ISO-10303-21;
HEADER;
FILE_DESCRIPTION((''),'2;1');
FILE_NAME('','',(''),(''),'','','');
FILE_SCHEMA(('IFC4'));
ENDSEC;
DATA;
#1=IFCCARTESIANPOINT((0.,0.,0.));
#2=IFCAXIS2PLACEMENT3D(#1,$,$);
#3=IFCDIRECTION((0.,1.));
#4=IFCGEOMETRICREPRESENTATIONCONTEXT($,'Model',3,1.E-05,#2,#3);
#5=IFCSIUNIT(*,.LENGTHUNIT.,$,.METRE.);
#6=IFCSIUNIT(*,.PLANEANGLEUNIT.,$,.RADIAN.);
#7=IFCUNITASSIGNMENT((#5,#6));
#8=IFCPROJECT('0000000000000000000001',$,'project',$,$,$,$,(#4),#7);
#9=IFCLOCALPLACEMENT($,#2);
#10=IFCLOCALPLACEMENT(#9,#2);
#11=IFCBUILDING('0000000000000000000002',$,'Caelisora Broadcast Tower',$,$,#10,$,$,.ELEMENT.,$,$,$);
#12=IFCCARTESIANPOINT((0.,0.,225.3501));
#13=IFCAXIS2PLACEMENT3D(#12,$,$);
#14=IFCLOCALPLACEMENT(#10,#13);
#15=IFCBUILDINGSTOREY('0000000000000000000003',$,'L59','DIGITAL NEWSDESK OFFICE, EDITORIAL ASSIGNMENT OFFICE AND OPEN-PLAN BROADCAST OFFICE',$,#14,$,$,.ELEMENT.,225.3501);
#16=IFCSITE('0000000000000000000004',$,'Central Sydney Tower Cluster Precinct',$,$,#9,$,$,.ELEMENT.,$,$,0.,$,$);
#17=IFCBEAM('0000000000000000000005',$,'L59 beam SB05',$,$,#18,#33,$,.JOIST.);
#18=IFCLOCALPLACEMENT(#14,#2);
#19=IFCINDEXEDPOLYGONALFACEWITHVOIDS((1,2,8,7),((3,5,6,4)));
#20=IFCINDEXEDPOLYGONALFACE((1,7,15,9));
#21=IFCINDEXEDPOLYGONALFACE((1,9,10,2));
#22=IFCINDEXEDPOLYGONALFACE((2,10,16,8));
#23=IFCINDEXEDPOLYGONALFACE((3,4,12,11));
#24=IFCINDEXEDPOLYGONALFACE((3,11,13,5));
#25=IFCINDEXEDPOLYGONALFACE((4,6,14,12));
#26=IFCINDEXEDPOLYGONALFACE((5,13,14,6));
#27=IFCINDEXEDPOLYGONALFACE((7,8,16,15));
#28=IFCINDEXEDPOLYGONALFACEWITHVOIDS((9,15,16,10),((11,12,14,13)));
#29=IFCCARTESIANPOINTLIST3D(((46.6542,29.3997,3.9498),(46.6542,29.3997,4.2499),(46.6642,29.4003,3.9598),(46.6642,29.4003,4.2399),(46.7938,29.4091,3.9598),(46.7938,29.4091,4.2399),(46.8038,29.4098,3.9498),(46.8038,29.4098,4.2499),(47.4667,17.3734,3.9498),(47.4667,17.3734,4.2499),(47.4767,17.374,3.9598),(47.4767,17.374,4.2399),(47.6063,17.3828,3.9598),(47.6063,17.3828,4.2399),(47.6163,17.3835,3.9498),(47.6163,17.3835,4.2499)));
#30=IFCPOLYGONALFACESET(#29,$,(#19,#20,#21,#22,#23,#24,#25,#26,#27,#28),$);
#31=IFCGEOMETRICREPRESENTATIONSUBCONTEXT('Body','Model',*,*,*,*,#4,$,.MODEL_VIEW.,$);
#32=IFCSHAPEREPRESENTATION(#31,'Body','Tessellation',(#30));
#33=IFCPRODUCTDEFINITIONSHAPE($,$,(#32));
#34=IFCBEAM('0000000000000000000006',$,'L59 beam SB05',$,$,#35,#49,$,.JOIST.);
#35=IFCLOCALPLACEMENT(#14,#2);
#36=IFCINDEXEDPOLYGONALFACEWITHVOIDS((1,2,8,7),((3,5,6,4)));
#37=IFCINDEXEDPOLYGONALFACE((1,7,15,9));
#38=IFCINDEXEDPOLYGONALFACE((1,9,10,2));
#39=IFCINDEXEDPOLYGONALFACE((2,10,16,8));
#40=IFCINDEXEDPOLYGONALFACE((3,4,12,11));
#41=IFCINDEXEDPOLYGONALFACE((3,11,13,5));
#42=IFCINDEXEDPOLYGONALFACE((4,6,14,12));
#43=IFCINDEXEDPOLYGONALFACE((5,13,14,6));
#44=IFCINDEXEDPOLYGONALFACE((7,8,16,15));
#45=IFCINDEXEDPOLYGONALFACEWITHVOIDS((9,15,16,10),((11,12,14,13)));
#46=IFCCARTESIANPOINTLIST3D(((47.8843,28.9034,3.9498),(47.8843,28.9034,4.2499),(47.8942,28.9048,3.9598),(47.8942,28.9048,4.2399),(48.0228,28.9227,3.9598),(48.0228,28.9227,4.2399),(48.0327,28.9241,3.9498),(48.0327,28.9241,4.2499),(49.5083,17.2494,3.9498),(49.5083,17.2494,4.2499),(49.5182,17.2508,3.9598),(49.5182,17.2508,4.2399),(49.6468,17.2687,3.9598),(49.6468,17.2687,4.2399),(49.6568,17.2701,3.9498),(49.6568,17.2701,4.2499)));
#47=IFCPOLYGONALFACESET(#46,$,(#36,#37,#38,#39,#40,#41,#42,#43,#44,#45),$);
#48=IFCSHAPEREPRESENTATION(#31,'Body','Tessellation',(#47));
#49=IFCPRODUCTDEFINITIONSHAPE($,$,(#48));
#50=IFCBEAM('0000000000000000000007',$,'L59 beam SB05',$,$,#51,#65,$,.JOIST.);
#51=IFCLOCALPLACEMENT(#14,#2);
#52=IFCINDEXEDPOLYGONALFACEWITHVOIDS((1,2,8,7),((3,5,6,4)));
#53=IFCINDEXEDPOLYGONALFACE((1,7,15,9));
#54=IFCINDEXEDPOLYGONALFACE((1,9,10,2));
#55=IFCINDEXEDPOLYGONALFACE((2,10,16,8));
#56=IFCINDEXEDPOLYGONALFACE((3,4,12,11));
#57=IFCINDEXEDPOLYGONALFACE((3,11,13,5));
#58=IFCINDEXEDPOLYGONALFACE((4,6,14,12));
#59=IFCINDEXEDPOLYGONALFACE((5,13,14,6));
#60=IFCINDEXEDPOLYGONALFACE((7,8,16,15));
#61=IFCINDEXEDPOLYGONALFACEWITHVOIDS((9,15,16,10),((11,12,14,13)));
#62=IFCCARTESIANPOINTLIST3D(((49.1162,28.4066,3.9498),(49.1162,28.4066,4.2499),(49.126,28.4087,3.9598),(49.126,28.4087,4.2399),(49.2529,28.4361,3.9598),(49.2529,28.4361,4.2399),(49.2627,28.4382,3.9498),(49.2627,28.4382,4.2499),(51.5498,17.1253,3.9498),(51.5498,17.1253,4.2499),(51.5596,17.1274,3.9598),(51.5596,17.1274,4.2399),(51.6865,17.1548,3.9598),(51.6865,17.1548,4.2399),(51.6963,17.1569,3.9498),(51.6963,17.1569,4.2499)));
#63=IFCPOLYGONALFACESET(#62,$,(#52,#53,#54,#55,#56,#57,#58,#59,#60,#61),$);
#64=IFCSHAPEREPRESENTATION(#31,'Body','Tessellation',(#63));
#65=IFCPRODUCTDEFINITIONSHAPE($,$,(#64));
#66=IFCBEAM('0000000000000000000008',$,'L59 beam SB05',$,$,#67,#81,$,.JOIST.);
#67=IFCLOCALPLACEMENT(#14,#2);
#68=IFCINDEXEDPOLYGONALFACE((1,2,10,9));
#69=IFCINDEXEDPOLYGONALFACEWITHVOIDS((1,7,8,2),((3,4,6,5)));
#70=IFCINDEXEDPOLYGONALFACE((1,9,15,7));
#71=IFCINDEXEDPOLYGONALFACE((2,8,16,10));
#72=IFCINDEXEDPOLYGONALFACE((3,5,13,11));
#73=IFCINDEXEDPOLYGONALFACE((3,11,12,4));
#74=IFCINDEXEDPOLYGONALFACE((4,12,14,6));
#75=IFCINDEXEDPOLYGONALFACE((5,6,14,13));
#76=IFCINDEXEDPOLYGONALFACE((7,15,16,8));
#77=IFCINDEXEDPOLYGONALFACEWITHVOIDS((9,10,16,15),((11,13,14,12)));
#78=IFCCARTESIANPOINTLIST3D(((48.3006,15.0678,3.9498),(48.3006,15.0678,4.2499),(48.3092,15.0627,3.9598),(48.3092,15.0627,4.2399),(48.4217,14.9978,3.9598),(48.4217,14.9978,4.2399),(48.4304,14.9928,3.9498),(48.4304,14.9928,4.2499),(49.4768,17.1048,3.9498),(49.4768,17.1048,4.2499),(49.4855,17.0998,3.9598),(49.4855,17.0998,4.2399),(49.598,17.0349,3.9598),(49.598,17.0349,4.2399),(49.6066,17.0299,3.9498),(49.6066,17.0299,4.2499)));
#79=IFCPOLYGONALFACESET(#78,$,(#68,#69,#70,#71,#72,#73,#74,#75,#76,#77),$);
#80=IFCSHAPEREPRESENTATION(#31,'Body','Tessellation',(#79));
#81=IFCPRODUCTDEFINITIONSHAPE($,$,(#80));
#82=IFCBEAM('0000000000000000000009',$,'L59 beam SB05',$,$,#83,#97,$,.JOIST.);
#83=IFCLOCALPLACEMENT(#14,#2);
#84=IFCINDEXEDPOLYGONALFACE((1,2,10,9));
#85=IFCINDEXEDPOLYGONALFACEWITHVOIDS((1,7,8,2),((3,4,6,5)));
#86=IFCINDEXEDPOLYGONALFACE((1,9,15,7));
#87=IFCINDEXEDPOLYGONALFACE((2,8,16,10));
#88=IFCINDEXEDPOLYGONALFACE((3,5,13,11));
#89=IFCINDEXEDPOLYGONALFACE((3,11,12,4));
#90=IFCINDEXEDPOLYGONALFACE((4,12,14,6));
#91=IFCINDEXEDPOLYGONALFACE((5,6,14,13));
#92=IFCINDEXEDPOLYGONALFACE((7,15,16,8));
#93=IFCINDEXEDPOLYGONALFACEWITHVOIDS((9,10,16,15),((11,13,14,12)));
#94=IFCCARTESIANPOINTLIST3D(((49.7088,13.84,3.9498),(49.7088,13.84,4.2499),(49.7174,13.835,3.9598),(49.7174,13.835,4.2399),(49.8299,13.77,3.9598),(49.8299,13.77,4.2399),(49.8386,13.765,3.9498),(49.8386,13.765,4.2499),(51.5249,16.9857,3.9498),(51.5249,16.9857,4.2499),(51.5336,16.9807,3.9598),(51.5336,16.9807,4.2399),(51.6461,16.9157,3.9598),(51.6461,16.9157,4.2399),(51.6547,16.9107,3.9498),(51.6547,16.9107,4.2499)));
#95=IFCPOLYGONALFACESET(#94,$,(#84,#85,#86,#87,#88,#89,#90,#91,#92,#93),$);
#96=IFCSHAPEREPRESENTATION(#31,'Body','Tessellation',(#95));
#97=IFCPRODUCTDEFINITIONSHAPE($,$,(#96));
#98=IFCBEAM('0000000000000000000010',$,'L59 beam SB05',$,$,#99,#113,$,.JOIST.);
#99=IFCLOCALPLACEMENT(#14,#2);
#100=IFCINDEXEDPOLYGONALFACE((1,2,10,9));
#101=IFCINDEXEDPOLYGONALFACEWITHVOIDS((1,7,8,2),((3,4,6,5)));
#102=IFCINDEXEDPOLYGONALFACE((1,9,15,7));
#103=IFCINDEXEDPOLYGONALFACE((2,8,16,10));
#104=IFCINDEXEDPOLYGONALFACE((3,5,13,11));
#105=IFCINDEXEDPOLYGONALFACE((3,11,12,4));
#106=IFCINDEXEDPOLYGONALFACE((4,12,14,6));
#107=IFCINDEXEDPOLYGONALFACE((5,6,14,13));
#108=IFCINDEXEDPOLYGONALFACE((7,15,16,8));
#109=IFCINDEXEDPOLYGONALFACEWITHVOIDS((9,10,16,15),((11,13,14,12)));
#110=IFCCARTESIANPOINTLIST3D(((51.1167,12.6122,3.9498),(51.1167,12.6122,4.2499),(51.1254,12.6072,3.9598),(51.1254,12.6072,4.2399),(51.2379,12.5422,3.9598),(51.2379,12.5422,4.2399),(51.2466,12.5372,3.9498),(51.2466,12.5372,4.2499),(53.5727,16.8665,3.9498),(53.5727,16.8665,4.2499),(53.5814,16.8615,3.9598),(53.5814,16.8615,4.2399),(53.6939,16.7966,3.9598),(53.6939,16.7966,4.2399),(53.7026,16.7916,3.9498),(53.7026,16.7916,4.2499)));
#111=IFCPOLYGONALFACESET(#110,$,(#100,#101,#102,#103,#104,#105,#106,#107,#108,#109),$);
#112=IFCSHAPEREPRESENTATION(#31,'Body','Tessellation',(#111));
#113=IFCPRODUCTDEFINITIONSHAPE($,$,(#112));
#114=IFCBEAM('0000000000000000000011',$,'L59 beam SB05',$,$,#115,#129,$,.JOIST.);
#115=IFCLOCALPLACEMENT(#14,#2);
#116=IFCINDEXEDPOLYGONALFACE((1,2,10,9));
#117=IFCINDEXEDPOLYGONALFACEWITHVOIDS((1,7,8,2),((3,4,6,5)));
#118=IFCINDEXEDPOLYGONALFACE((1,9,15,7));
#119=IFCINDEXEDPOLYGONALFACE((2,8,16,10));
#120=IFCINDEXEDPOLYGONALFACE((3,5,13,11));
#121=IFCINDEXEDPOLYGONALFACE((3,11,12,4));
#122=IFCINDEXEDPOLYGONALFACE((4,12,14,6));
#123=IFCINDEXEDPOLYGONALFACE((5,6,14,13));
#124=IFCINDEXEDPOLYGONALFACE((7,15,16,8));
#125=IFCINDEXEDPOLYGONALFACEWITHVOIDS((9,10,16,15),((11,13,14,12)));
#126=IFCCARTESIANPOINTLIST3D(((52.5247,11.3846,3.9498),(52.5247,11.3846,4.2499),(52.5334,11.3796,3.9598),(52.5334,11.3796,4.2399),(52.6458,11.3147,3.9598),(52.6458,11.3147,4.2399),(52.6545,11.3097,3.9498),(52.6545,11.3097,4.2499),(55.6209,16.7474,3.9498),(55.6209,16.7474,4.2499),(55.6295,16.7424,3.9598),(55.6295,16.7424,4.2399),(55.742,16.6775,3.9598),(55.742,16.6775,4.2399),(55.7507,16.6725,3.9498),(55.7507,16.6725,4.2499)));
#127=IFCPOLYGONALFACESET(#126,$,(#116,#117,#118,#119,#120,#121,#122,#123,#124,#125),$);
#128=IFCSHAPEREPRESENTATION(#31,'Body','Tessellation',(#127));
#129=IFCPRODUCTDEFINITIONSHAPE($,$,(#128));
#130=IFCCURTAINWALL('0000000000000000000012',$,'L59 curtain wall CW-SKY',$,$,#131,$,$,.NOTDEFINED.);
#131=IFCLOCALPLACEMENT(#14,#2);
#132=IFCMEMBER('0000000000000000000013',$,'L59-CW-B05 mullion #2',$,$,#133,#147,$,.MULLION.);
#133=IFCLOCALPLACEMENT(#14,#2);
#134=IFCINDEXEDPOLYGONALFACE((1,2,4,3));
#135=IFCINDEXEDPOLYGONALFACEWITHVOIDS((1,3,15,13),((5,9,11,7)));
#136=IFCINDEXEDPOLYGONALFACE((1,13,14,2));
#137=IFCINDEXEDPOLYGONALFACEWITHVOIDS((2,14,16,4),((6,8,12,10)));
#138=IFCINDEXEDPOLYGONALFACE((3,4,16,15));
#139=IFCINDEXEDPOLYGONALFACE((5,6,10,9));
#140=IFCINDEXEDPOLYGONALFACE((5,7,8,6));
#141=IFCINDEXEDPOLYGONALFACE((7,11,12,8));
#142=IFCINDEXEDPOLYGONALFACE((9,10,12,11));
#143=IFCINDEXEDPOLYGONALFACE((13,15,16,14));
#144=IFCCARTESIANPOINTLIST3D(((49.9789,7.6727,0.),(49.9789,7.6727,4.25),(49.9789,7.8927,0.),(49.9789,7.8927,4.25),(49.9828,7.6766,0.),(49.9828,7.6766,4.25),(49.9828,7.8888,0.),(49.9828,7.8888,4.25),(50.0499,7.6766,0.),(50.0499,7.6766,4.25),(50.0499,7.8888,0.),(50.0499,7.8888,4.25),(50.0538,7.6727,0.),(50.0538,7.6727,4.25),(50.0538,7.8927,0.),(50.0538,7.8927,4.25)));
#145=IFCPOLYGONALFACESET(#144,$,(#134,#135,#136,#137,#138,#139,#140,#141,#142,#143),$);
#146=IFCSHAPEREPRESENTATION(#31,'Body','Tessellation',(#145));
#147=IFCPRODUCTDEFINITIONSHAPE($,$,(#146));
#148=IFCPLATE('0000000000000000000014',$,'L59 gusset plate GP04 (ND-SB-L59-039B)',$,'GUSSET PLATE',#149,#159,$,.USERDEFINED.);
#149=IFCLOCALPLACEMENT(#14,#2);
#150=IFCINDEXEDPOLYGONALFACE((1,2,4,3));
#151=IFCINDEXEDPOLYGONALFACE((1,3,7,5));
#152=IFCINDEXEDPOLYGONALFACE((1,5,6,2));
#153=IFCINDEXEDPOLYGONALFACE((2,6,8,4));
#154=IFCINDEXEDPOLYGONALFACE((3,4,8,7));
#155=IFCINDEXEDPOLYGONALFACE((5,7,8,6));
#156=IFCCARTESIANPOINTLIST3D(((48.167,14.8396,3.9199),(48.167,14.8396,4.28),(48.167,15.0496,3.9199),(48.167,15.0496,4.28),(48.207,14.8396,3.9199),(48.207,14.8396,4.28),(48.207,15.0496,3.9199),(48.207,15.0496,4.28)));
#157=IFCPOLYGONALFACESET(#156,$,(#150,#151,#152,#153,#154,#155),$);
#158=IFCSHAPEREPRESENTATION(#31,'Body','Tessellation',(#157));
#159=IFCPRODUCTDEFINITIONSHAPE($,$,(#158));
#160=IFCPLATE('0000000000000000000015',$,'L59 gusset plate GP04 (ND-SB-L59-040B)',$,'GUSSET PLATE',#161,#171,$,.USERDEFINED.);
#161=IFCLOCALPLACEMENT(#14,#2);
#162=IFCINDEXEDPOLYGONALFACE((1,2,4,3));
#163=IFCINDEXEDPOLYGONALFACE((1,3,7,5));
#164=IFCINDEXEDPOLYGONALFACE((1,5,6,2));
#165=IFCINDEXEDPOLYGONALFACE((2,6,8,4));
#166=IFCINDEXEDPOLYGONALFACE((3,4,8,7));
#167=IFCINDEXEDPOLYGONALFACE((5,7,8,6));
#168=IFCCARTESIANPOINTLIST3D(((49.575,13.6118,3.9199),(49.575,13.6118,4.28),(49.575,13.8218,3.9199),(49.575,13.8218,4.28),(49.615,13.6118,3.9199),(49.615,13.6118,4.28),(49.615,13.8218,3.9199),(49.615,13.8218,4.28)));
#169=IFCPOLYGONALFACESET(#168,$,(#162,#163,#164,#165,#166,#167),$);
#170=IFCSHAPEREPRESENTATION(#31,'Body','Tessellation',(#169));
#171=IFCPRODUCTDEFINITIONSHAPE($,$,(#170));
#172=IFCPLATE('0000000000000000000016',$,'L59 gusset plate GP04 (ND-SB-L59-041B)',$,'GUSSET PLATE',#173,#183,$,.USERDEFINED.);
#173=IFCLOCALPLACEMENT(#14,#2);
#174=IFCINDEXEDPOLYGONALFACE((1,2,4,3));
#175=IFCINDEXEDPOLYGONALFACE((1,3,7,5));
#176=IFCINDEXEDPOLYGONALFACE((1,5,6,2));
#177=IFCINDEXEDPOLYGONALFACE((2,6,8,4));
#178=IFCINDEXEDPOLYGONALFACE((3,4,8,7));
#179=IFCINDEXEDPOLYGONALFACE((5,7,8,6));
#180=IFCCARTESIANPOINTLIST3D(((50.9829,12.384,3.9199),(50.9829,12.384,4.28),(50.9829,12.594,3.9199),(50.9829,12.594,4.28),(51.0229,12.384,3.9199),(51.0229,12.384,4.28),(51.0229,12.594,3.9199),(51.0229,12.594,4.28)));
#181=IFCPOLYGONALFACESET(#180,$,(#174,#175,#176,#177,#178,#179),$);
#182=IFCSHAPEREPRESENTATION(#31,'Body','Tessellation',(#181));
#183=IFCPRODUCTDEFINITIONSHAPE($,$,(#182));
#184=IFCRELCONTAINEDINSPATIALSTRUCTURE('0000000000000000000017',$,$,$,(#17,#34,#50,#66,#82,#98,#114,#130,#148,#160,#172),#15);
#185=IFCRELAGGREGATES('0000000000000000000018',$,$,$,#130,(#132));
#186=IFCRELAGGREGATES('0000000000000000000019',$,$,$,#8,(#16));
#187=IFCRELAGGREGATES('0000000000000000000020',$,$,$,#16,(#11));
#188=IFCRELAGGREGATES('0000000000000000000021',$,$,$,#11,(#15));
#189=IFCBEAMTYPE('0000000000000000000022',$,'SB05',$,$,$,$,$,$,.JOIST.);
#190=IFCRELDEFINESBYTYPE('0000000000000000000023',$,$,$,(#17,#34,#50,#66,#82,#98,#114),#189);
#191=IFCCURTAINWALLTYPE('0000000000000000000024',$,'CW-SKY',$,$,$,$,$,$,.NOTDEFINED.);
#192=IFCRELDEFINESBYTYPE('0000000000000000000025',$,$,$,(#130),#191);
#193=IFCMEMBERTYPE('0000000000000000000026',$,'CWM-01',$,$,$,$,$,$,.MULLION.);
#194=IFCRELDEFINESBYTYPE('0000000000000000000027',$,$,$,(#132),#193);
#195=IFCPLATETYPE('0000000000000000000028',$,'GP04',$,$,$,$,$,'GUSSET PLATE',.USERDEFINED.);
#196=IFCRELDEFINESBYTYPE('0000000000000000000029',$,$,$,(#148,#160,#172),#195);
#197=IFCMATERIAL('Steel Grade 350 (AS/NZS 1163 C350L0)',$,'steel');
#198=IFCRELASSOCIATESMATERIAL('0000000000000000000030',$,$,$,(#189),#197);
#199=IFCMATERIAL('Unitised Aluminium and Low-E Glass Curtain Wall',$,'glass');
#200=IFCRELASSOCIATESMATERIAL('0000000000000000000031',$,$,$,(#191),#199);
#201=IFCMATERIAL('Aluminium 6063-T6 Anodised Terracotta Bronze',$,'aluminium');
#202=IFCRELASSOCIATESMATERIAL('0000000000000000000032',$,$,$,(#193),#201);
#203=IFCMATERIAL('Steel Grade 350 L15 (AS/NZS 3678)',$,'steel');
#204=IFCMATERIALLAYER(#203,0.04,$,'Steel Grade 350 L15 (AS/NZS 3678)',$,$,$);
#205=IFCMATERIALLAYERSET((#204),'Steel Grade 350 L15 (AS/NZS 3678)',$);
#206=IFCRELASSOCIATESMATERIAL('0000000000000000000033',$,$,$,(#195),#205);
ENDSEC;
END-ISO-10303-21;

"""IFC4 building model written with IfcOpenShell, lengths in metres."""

from ifc_helpers import new_model, si_unit, direction, frame, origin, origin_2d, place, context, subcontext, project, spatial, rectangle, hollow_rectangle, extrude, source, transform, mapped, material, layer, layer_set, material_profile, profile_set, type_object, type_shapes, element, aggregate, save


model = new_model("IFC4")

# Units and contexts
model_context = context("Model", 3, precision=1e-05, world=origin(), true_north=direction((0.0, 1.0)))
body_context = subcontext(model_context, "Body", "Model", "MODEL_VIEW")
ifc_project = project(units=[si_unit("LENGTHUNIT", "METRE"), si_unit("PLANEANGLEUNIT", "RADIAN")], contexts=[model_context])

# Site, building, storey
site_placement = place(None, origin())
site = spatial("IfcSite", under=ifc_project, at=site_placement, Name="Central Sydney Tower Cluster Precinct", CompositionType="ELEMENT", RefElevation=0.0)
building_placement = place(site_placement, origin())
building = spatial("IfcBuilding", under=site, at=building_placement, Name="Caelisora Broadcast Tower", CompositionType="ELEMENT")
storey_placement = place(building_placement, frame((0.0, 0.0, 225.3501)))
storey = spatial("IfcBuildingStorey", under=building, at=storey_placement, Name="L59", Description="DIGITAL NEWSDESK OFFICE, EDITORIAL ASSIGNMENT OFFICE AND OPEN-PLAN BROADCAST OFFICE", CompositionType="ELEMENT", Elevation=225.3501)

# Beams
ifc_material_1 = material(Name="Steel Grade 350 (AS/NZS 1163 C350L0)", Category="steel")
ifc_material_profile_1 = material_profile(ifc_material_1, hollow_rectangle(XDim=0.1499, YDim=0.3, WallThickness=0.01, at=origin_2d()), Name="Steel Grade 350 (AS/NZS 1163 C350L0)")
ifc_profile_set_1 = profile_set([ifc_material_profile_1], Name="Steel Grade 350 (AS/NZS 1163 C350L0)")
beam_type = type_object("IfcBeamType", Name="SB05", PredefinedType="JOIST", material=ifc_profile_set_1)
shared_shape_1 = source(origin(), body_context, "Body", "SweptSolid", [
    extrude(hollow_rectangle(XDim=0.1499, YDim=0.3, WallThickness=0.01, at=origin_2d()), origin(), (0.0, 0.0, 1.0), 12.0537),
])
beam_1_placement = place(storey_placement, frame((47.5415, 17.3784, 4.0999), z_axis=(-0.067406, 0.997726, 0.0), x_axis=(-0.997726, -0.067406, 0.0)))
element("IfcBeam", 1, at=beam_1_placement, inside=storey, type_object=beam_type, Name="L59 beam SB05", PredefinedType="JOIST", context=body_context, shape_type="MappedRepresentation", body=[
    mapped(shared_shape_1, transform((0.0, 0.0, 0.0), scale=1.0)),
])
shared_shape_2 = source(origin(), body_context, "Body", "SweptSolid", [
    extrude(hollow_rectangle(XDim=0.1499, YDim=0.3, WallThickness=0.01, at=origin_2d()), origin(), (0.0, 0.0, 1.0), 11.7666),
])
beam_2_placement = place(storey_placement, frame((49.5825, 17.2598, 4.0999), z_axis=(-0.138019, 0.99043, 0.0), x_axis=(-0.99043, -0.138019, 0.0)))
element("IfcBeam", 2, at=beam_2_placement, inside=storey, type_object=beam_type, Name="L59 beam SB05", PredefinedType="JOIST", context=body_context, shape_type="MappedRepresentation", body=[
    mapped(shared_shape_2, transform((0.0, 0.0, 0.0), scale=1.0)),
])
shared_shape_3 = source(origin(), body_context, "Body", "SweptSolid", [
    extrude(hollow_rectangle(XDim=0.1499, YDim=0.3, WallThickness=0.01, at=origin_2d()), origin(), (0.0, 0.0, 1.0), 11.5408),
])
beam_3_placement = place(storey_placement, frame((51.623, 17.1411, 4.0999), z_axis=(-0.21087, 0.977514, 0.0), x_axis=(-0.977514, -0.21087, 0.0)))
element("IfcBeam", 3, at=beam_3_placement, inside=storey, type_object=beam_type, Name="L59 beam SB05", PredefinedType="JOIST", context=body_context, shape_type="MappedRepresentation", body=[
    mapped(shared_shape_3, transform((0.0, 0.0, 0.0), scale=1.0)),
])
shared_shape_4 = source(origin(), body_context, "Body", "SweptSolid", [
    extrude(hollow_rectangle(XDim=0.1499, YDim=0.3, WallThickness=0.01, at=origin_2d()), origin(), (0.0, 0.0, 1.0), 2.3523),
])
beam_4_placement = place(storey_placement, frame((48.3655, 15.0303, 4.0999), z_axis=(0.500046, 0.865999, 0.0), x_axis=(-0.865999, 0.500046, 0.0)))
element("IfcBeam", 4, at=beam_4_placement, inside=storey, type_object=beam_type, Name="L59 beam SB05", PredefinedType="JOIST", context=body_context, shape_type="MappedRepresentation", body=[
    mapped(shared_shape_4, transform((0.0, 0.0, 0.0), scale=1.0)),
])
shared_shape_5 = source(origin(), body_context, "Body", "SweptSolid", [
    extrude(hollow_rectangle(XDim=0.1499, YDim=0.3, WallThickness=0.01, at=origin_2d()), origin(), (0.0, 0.0, 1.0), 3.6323),
])
beam_5_placement = place(storey_placement, frame((49.7737, 13.8025, 4.0999), z_axis=(0.499992, 0.86603, 0.0), x_axis=(-0.86603, 0.499992, 0.0)))
element("IfcBeam", 5, at=beam_5_placement, inside=storey, type_object=beam_type, Name="L59 beam SB05", PredefinedType="JOIST", context=body_context, shape_type="MappedRepresentation", body=[
    mapped(shared_shape_5, transform((0.0, 0.0, 0.0), scale=1.0)),
])
shared_shape_6 = source(origin(), body_context, "Body", "SweptSolid", [
    extrude(hollow_rectangle(XDim=0.1499, YDim=0.3, WallThickness=0.01, at=origin_2d()), origin(), (0.0, 0.0, 1.0), 4.9124),
])
beam_6_placement = place(storey_placement, frame((51.1816, 12.5747, 4.0999), z_axis=(0.499966, 0.866045, 0.0), x_axis=(-0.866045, 0.499966, 0.0)))
element("IfcBeam", 6, at=beam_6_placement, inside=storey, type_object=beam_type, Name="L59 beam SB05", PredefinedType="JOIST", context=body_context, shape_type="MappedRepresentation", body=[
    mapped(shared_shape_6, transform((0.0, 0.0, 0.0), scale=1.0)),
])
shared_shape_7 = source(origin(), body_context, "Body", "SweptSolid", [
    extrude(hollow_rectangle(XDim=0.1499, YDim=0.3, WallThickness=0.01, at=origin_2d()), origin(), (0.0, 0.0, 1.0), 6.1924),
])
type_shapes(beam_type, [shared_shape_1, shared_shape_2, shared_shape_3, shared_shape_4, shared_shape_5, shared_shape_6, shared_shape_7])
beam_7_placement = place(storey_placement, frame((52.5896, 11.3472, 4.0999), z_axis=(0.499998, 0.866027, 0.0), x_axis=(-0.866027, 0.499998, 0.0)))
element("IfcBeam", 7, at=beam_7_placement, inside=storey, type_object=beam_type, Name="L59 beam SB05", PredefinedType="JOIST", context=body_context, shape_type="MappedRepresentation", body=[
    mapped(shared_shape_7, transform((0.0, 0.0, 0.0), scale=1.0)),
])

# Curtain wall, member
ifc_material_2 = material(Name="Unitised Aluminium and Low-E Glass Curtain Wall", Category="glass")
curtain_wall_type = type_object("IfcCurtainWallType", Name="CW-SKY", PredefinedType="NOTDEFINED", material=ifc_material_2)
curtain_wall_placement = place(storey_placement, origin())
curtain_wall = element("IfcCurtainWall", 8, at=curtain_wall_placement, inside=storey, type_object=curtain_wall_type, Name="L59 curtain wall CW-SKY", PredefinedType="NOTDEFINED")
ifc_material_3 = material(Name="Aluminium 6063-T6 Anodised Terracotta Bronze", Category="aluminium")
ifc_material_profile_2 = material_profile(ifc_material_3, hollow_rectangle(XDim=0.075, YDim=0.22, WallThickness=0.0039, at=origin_2d()), Name="Aluminium 6063-T6 Anodised Terracotta Bronze")
ifc_profile_set_2 = profile_set([ifc_material_profile_2], Name="Aluminium 6063-T6 Anodised Terracotta Bronze")
member_type = type_object("IfcMemberType", Name="CWM-01", PredefinedType="MULLION", material=ifc_profile_set_2)
shared_shape_8 = source(origin(), body_context, "Body", "SweptSolid", [
    extrude(hollow_rectangle(XDim=0.075, YDim=0.22, WallThickness=0.0039, at=origin_2d()), origin(), (0.0, 0.0, 1.0), 4.25),
])
type_shapes(member_type, [shared_shape_8])
member_placement = place(storey_placement, frame((50.0164, 7.7827, 0.0), z_axis=(0.0, 0.0, 1.0), x_axis=(1.0, 0.0, 0.0)))
member = element("IfcMember", 9, at=member_placement, type_object=member_type, Name="L59-CW-B05 mullion #2", PredefinedType="MULLION", context=body_context, shape_type="MappedRepresentation", body=[
    mapped(shared_shape_8, transform((0.0, 0.0, 0.0), scale=1.0)),
])

# Plates
ifc_material_4 = material(Name="Steel Grade 350 L15 (AS/NZS 3678)", Category="steel")
ifc_layer_1 = layer(ifc_material_4, 0.04, Name="Steel Grade 350 L15 (AS/NZS 3678)")
ifc_layer_set_1 = layer_set([ifc_layer_1], Name="Steel Grade 350 L15 (AS/NZS 3678)")
plate_type_1 = type_object("IfcPlateType", Name="GP04", ElementType="GUSSET PLATE", PredefinedType="USERDEFINED", material=ifc_layer_set_1)
shared_shape_9 = source(origin(), body_context, "Body", "SweptSolid", [
    extrude(rectangle(XDim=0.21, YDim=0.04, at=origin_2d()), origin(), (0.0, 0.0, 1.0), 0.3601),
])
type_shapes(plate_type_1, [shared_shape_9])
for number, where, z_axis, x_axis, name in (
    (10, (48.187, 14.9446, 3.9199), (0.0, 0.0, 1.0), (0.0, 1.0, 0.0), "L59 gusset plate GP04 (ND-SB-L59-039B)"),
    (11, (49.595, 13.7168, 3.9199), (0.0, 0.0, 1.0), (0.0, 1.0, 0.0), "L59 gusset plate GP04 (ND-SB-L59-040B)"),
    (12, (51.0029, 12.489, 3.9199), (0.0, 0.0, 1.0), (0.0, 1.0, 0.0), "L59 gusset plate GP04 (ND-SB-L59-041B)"),
):
    element("IfcPlate", number, at=place(storey_placement, frame(where, z_axis=z_axis, x_axis=x_axis)), inside=storey, type_object=plate_type_1, Name=name, ObjectType="GUSSET PLATE", PredefinedType="USERDEFINED", context=body_context, shape_type="MappedRepresentation", body=[
        mapped(shared_shape_9, transform((0.0, 0.0, 0.0), scale=1.0)),
    ])

aggregate(curtain_wall, [member])

save(model, "model.ifc")
